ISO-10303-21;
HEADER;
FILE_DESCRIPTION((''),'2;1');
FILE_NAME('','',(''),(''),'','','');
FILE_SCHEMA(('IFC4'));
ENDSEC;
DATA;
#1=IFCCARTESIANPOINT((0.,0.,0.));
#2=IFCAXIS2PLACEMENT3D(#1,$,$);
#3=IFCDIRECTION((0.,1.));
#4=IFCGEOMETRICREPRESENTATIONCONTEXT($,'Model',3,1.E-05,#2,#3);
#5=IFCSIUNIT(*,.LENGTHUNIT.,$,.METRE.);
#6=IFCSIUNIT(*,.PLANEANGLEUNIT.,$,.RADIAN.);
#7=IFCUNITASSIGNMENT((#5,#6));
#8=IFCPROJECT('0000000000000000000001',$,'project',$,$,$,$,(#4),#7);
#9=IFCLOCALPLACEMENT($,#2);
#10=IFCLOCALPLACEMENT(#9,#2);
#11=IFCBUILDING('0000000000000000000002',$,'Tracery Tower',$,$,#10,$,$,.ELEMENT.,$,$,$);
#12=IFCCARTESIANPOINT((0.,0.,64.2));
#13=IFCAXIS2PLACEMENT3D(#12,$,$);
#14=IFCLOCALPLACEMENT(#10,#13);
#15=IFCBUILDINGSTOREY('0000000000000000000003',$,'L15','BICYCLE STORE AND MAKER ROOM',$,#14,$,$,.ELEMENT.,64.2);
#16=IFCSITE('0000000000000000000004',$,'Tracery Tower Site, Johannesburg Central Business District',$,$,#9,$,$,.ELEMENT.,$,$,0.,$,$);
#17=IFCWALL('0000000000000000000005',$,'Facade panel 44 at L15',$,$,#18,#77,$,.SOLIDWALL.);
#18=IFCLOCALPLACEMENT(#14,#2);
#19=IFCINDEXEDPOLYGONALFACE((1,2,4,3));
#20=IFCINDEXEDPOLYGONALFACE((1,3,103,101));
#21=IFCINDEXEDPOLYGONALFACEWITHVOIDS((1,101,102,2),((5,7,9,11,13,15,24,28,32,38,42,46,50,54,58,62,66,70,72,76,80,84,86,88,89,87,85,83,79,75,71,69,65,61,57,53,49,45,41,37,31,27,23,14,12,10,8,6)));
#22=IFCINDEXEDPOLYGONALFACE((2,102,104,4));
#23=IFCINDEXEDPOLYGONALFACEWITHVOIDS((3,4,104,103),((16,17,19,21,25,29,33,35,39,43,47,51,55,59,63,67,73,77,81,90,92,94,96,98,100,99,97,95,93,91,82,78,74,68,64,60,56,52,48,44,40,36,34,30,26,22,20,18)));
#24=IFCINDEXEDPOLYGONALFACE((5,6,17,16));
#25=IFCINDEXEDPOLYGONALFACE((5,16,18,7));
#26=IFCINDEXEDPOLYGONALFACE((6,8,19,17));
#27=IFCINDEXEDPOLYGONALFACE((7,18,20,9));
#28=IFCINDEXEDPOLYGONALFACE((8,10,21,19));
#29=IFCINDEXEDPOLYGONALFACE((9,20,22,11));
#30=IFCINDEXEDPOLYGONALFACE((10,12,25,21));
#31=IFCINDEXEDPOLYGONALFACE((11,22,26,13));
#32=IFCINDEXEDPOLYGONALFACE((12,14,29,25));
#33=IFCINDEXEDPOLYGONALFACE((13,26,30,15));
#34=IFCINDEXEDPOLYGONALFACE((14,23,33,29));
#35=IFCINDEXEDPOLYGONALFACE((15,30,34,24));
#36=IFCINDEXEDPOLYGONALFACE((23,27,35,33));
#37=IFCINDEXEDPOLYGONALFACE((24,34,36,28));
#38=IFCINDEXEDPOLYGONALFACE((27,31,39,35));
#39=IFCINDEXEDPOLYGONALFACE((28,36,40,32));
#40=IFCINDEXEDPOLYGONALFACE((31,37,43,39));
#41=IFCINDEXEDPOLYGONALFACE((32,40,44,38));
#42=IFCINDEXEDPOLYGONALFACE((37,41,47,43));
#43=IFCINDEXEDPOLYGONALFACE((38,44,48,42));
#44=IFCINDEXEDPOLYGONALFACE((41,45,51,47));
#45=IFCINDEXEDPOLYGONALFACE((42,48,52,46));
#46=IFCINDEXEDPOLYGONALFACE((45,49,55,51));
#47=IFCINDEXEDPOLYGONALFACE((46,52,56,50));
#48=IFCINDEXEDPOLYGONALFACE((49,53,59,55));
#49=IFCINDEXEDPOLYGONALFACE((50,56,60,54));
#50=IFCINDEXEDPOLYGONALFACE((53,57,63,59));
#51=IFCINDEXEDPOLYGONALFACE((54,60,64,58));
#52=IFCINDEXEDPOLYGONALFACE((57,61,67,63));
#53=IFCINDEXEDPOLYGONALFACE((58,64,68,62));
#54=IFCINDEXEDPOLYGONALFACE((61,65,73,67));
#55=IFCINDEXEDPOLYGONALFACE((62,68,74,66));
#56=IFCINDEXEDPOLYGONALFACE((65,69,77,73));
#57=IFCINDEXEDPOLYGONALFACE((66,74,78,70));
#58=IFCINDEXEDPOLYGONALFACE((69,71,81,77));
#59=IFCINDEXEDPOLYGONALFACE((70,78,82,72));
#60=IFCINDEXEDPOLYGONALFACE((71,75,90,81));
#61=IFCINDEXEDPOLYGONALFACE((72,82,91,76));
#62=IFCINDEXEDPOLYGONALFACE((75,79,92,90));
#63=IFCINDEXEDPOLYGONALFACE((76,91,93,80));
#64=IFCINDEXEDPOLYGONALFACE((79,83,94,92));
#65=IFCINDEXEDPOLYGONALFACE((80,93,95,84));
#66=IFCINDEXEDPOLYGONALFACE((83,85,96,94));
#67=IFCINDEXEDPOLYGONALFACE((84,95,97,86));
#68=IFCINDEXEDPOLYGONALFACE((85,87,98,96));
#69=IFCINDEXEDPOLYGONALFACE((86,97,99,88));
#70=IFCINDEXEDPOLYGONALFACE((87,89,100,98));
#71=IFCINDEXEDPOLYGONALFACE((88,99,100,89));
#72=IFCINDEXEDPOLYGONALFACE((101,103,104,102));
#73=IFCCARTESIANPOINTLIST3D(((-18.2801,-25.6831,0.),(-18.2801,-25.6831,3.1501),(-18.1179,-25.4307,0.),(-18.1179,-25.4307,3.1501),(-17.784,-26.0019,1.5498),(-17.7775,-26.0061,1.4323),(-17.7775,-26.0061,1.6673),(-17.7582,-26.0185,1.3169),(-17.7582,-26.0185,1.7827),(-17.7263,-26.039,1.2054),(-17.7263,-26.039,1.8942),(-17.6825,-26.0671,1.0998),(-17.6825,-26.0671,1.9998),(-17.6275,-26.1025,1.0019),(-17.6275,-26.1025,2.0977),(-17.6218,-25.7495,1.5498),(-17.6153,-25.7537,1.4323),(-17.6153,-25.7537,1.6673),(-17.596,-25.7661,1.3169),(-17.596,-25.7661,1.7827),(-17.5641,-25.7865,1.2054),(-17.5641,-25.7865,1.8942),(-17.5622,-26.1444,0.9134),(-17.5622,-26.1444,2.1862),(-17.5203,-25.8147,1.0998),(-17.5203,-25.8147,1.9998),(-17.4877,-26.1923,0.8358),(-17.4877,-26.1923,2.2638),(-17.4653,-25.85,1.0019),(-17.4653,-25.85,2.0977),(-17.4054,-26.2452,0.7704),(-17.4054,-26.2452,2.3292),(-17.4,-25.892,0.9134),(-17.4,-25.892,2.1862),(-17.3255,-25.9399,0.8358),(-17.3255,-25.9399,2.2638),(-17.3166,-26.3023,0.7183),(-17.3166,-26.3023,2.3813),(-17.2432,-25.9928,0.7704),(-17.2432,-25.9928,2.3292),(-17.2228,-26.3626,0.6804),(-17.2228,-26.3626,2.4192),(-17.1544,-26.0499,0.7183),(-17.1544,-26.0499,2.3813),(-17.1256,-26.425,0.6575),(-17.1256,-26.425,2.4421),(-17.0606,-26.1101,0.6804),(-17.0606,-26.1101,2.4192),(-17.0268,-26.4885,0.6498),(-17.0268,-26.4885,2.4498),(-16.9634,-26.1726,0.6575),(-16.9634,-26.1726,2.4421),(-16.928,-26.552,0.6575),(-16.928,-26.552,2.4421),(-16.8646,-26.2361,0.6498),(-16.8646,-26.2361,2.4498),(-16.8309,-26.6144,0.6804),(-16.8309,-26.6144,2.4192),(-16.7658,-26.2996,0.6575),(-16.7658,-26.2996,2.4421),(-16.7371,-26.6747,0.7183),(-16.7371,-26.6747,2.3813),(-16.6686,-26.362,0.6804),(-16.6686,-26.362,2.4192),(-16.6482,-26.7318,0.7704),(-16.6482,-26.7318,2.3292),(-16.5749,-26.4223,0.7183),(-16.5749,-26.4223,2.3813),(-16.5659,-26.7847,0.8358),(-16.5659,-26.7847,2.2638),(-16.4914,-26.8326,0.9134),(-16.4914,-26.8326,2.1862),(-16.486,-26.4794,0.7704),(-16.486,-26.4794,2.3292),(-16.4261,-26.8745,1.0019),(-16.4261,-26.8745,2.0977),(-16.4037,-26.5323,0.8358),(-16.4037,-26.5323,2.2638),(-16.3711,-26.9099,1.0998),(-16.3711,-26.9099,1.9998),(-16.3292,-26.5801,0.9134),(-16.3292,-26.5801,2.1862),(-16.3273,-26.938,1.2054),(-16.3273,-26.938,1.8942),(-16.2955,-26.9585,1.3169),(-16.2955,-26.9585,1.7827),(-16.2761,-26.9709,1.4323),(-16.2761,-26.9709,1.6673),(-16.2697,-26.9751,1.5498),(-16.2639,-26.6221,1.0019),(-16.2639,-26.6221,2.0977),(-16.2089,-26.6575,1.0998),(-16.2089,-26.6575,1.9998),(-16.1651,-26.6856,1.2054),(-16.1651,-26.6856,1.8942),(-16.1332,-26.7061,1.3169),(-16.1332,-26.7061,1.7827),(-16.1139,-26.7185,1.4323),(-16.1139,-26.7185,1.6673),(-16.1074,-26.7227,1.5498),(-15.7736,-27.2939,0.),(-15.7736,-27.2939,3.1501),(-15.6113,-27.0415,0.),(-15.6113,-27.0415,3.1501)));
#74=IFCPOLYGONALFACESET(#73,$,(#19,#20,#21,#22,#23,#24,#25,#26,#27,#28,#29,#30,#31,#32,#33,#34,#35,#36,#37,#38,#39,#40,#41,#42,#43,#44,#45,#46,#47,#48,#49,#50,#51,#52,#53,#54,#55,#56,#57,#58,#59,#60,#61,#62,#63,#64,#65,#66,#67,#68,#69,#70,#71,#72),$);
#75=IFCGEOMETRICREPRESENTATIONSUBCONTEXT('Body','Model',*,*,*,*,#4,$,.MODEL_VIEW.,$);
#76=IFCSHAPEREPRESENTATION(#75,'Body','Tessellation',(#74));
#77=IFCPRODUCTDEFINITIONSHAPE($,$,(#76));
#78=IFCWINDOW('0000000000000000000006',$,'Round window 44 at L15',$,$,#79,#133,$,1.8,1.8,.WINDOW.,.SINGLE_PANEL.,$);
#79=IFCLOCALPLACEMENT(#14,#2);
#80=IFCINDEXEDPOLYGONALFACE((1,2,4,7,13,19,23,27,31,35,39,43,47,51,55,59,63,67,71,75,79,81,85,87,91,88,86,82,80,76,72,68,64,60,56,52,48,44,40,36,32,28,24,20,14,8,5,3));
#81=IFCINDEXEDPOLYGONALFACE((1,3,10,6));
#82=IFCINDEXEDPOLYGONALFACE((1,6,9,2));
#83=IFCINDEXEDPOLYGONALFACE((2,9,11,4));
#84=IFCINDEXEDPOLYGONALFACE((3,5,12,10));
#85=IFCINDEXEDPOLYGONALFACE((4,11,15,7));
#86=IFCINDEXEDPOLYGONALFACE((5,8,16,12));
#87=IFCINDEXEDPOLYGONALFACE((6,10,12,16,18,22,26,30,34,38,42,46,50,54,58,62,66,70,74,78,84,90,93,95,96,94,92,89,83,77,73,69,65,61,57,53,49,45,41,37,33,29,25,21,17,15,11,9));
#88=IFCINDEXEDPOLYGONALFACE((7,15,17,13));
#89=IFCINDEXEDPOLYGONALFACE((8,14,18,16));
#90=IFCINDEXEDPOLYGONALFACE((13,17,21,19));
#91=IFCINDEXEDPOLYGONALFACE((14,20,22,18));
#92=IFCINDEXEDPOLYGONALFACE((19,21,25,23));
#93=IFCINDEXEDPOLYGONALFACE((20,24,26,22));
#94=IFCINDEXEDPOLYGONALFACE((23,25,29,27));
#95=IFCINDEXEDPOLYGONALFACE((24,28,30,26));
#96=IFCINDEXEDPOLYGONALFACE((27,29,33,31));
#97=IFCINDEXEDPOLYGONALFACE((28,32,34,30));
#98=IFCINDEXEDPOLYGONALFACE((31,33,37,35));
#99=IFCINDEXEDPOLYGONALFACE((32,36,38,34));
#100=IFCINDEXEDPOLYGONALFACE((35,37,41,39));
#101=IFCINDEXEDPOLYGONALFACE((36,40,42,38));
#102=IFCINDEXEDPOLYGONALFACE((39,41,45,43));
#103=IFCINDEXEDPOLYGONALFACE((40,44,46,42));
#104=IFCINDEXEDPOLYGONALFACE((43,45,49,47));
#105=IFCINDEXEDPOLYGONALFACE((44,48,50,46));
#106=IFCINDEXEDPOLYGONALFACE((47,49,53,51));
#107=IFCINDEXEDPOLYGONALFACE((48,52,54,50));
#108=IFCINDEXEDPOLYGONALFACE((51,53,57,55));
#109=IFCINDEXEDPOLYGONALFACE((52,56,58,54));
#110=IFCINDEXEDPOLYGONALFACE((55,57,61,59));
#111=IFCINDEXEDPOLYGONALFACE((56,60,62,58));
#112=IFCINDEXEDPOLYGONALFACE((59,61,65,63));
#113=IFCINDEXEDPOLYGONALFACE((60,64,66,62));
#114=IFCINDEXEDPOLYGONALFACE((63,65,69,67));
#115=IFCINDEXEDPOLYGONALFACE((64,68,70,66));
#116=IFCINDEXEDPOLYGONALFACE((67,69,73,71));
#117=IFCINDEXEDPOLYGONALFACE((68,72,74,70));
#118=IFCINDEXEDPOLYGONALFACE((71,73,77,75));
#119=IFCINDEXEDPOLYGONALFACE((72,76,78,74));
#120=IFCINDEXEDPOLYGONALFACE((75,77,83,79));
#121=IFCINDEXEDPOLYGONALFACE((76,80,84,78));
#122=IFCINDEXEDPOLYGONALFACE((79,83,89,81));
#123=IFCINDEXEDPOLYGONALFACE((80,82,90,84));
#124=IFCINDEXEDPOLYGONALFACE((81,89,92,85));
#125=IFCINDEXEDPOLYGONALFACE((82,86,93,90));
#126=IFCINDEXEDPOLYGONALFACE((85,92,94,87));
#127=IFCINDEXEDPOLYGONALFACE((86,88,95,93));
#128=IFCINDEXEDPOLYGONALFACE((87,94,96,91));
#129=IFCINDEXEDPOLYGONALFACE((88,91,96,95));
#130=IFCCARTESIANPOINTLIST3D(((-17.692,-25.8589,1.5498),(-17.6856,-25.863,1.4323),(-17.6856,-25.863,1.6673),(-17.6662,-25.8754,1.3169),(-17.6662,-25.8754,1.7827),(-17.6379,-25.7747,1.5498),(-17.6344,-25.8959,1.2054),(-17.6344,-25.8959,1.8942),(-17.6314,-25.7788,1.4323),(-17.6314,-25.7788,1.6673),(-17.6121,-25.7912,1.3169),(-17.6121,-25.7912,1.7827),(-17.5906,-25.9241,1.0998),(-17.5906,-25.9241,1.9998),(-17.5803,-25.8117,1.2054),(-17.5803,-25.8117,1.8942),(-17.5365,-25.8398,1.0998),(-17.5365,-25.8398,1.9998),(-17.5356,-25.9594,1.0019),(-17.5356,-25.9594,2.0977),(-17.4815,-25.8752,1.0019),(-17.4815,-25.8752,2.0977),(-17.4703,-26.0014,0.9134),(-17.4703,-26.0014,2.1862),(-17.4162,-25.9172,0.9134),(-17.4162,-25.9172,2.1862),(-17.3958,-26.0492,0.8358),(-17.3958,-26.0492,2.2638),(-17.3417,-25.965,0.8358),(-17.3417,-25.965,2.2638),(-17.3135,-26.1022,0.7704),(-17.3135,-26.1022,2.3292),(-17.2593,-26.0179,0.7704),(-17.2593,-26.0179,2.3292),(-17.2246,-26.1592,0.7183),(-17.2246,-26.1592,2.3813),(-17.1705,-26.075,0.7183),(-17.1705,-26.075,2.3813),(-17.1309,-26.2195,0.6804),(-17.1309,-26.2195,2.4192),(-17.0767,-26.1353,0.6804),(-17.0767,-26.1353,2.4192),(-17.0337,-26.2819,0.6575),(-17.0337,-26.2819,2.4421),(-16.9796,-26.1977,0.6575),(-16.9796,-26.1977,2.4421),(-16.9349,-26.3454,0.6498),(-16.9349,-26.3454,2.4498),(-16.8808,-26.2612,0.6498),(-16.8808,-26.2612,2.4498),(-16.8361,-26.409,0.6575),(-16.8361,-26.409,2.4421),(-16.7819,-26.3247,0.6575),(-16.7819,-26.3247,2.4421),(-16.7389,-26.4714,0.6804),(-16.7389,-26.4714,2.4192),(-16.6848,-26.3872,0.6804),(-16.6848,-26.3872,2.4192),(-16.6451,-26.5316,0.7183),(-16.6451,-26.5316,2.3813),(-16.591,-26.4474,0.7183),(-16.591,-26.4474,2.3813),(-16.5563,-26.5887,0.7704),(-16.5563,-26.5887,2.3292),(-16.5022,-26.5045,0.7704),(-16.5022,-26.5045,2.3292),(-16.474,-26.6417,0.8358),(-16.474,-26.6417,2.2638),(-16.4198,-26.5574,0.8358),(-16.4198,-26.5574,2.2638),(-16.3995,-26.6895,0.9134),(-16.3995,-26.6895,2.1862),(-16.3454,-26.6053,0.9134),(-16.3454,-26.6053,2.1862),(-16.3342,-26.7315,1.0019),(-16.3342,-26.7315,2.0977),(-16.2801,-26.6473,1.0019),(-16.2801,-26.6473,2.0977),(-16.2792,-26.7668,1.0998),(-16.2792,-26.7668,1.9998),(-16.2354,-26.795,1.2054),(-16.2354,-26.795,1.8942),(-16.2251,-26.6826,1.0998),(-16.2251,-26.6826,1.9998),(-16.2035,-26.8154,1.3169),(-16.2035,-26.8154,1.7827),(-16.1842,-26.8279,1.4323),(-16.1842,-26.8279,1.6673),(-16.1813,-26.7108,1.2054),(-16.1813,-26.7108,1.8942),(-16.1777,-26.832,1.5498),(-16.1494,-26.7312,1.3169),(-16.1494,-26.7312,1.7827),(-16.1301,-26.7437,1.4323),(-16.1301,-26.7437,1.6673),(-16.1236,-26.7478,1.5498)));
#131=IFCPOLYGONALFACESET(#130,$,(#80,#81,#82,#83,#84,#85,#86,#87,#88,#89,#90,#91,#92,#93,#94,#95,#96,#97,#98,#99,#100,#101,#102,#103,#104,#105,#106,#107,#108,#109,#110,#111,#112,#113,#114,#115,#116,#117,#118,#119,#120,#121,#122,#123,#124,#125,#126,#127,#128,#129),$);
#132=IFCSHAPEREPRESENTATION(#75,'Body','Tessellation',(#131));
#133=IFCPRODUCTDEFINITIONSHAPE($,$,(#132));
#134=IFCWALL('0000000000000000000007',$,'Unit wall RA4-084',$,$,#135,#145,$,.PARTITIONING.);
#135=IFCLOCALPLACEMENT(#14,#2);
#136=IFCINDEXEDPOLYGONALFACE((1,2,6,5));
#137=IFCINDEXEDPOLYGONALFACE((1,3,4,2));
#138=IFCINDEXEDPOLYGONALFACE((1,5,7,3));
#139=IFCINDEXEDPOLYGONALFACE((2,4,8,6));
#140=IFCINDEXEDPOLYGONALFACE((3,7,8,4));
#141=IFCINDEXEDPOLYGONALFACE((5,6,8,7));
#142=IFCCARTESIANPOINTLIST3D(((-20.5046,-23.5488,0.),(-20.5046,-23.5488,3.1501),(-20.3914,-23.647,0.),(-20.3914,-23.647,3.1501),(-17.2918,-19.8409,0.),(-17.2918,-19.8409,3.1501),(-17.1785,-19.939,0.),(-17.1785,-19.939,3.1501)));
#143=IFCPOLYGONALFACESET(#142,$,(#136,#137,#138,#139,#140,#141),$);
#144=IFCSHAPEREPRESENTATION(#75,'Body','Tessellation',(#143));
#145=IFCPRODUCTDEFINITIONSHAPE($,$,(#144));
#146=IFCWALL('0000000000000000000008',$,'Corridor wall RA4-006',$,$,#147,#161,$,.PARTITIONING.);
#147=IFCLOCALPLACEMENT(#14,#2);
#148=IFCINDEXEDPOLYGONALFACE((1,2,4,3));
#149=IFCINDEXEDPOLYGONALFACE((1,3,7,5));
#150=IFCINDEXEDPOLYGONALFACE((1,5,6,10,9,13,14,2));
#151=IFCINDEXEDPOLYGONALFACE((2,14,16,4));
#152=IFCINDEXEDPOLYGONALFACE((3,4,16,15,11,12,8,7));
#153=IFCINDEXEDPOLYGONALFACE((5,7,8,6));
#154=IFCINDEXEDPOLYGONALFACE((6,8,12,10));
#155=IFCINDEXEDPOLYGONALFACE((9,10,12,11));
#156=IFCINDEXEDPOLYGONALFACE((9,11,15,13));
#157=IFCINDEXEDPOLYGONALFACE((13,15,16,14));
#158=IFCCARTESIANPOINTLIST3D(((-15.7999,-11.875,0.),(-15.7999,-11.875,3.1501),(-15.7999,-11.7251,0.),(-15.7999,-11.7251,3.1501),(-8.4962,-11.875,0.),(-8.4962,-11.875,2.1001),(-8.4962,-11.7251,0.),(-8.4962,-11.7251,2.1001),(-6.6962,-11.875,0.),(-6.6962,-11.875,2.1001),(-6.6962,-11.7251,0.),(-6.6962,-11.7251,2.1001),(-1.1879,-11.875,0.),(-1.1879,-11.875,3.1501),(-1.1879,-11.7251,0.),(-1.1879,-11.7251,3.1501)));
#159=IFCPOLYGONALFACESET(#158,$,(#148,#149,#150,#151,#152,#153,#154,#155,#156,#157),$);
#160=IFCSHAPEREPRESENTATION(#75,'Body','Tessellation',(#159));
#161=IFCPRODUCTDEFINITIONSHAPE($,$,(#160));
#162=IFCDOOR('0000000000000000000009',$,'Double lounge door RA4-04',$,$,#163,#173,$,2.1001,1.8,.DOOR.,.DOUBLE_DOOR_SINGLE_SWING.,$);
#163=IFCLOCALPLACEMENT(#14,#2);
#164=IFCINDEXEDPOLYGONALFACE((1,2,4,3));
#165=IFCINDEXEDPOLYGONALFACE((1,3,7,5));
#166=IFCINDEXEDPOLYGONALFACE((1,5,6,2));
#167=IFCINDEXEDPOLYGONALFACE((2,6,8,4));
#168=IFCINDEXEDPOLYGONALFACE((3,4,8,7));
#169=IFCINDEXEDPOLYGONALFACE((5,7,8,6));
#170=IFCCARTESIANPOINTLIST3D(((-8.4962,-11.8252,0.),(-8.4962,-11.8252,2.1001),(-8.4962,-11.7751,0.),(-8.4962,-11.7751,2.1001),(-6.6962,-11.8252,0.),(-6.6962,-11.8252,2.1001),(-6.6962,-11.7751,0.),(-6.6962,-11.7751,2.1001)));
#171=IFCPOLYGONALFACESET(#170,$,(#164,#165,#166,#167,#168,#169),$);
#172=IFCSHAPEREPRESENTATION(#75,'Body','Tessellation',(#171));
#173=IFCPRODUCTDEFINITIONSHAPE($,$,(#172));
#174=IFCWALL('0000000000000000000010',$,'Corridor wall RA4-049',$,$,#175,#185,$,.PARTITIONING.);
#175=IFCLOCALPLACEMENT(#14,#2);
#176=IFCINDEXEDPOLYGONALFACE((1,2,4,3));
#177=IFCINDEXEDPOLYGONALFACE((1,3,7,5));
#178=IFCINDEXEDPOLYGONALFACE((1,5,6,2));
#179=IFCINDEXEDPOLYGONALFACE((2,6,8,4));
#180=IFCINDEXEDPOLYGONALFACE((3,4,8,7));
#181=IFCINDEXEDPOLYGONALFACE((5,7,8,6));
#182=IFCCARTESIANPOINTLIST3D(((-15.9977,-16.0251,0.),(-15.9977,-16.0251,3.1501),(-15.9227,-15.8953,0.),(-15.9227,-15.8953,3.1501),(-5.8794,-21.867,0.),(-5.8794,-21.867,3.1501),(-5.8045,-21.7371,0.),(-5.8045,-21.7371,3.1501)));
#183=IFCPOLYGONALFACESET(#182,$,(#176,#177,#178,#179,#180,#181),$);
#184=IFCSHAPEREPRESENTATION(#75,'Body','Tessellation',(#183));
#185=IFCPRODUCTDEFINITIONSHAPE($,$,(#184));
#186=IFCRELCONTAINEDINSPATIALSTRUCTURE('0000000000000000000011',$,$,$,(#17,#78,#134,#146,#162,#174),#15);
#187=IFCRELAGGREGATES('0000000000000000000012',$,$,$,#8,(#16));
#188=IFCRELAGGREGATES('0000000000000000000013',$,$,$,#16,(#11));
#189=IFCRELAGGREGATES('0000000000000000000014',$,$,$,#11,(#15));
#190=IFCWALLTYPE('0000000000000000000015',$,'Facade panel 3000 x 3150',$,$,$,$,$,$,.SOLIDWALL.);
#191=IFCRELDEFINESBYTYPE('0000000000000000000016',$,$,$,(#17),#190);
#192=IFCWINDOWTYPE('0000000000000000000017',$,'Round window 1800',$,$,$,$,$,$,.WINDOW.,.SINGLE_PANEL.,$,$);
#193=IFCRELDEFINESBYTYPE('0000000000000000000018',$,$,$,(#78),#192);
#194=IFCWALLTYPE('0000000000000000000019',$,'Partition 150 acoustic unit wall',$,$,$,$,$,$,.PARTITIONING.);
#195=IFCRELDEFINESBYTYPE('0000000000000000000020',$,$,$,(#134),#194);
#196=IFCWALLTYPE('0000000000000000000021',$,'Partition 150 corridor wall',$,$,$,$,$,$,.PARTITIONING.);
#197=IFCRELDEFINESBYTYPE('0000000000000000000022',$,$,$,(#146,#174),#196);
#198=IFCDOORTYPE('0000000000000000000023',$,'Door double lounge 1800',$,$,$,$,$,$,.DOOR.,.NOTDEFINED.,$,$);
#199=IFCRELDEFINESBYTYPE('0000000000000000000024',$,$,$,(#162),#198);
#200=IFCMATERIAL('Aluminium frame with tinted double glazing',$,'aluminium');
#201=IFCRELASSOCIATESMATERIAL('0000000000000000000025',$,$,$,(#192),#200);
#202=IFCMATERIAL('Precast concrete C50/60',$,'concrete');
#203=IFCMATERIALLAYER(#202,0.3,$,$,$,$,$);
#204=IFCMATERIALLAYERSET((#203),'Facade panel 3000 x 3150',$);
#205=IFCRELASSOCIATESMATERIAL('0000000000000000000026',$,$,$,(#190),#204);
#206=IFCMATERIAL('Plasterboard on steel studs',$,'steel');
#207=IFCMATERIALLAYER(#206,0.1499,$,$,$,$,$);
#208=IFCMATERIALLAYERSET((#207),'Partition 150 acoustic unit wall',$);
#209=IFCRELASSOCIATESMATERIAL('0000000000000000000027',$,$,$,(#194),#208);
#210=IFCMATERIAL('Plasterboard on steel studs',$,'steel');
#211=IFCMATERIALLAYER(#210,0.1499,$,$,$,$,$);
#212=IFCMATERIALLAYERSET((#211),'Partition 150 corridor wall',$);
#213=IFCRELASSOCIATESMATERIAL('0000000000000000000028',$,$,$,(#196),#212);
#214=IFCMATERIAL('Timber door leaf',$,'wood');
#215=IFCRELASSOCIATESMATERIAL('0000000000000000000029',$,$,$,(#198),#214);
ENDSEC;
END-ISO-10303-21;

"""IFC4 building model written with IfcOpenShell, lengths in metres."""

from ifc_helpers import new_model, si_unit, direction, frame, frame_2d, origin, origin_2d, place, context, subcontext, project, spatial, rectangle, circle, extrude, material, layer, layer_set, type_object, element, fill, save


model = new_model("IFC4")

# Units and contexts
model_context = context("Model", 3, precision=1e-05, world=origin(), true_north=direction((0.0, 1.0)))
body_context = subcontext(model_context, "Body", "Model", "MODEL_VIEW")
ifc_project = project(units=[si_unit("LENGTHUNIT", "METRE"), si_unit("PLANEANGLEUNIT", "RADIAN")], contexts=[model_context])

# Site, building, storey
site_placement = place(None, origin())
site = spatial("IfcSite", under=ifc_project, at=site_placement, Name="Tracery Tower Site, Johannesburg Central Business District", CompositionType="ELEMENT", RefElevation=0.0)
building_placement = place(site_placement, origin())
building = spatial("IfcBuilding", under=site, at=building_placement, Name="Tracery Tower", CompositionType="ELEMENT")
storey_placement = place(building_placement, frame((0.0, 0.0, 64.2)))
storey = spatial("IfcBuildingStorey", under=building, at=storey_placement, Name="L15", Description="BICYCLE STORE AND MAKER ROOM", CompositionType="ELEMENT", Elevation=64.2)

# Wall, opening, window
ifc_material_1 = material(Name="Aluminium frame with tinted double glazing", Category="aluminium")
window_type = type_object("IfcWindowType", Name="Round window 1800", PartitioningType="SINGLE_PANEL", PredefinedType="WINDOW", material=ifc_material_1)
ifc_material_2 = material(Name="Precast concrete C50/60", Category="concrete")
ifc_layer_1 = layer(ifc_material_2, 0.3)
ifc_layer_set_1 = layer_set([ifc_layer_1], Name="Facade panel 3000 x 3150")
wall_type_1 = type_object("IfcWallType", Name="Facade panel 3000 x 3150", PredefinedType="SOLIDWALL", material=ifc_layer_set_1)
wall_1_placement = place(storey_placement, frame((-18.199, -25.5569, 0.0), z_axis=(0.0, 0.0, 1.0), x_axis=(0.841261, -0.540629, 0.0)))
wall_1 = element("IfcWall", 1, at=wall_1_placement, inside=storey, type_object=wall_type_1, Name="Facade panel 44 at L15", PredefinedType="SOLIDWALL", context=body_context, shape_type="SweptSolid", body=[
    extrude(rectangle(XDim=2.9795, YDim=0.3, at=frame_2d((1.4897, 0.0))), origin(), (0.0, 0.0, 1.0), 3.1501),
])
opening_1_placement = place(wall_1_placement, frame((1.4897, 0.0, 1.5498)))
opening_1 = element("IfcOpeningElement", 2, at=opening_1_placement, cuts=wall_1, PredefinedType="OPENING", context=body_context, shape_type="SweptSolid", body=[
    extrude(circle(Radius=0.9, at=origin_2d()), frame((0.0, 0.1599, 0.0), z_axis=(0.0, -1.0, 0.0), x_axis=(1.0, 0.0, 0.0)), (0.0, 0.0, 1.0), 0.3201),
])
window_1_placement = place(opening_1_placement, origin())
window_1 = element("IfcWindow", 3, at=window_1_placement, inside=storey, type_object=window_type, Name="Round window 44 at L15", OverallHeight=1.8, OverallWidth=1.8, PartitioningType="SINGLE_PANEL", PredefinedType="WINDOW", context=body_context, shape_type="SweptSolid", body=[
    extrude(circle(Radius=0.9, at=origin_2d()), frame((0.0, 0.1201, 0.0), z_axis=(0.0, -1.0, 0.0), x_axis=(1.0, 0.0, 0.0)), (0.0, 0.0, 1.0), 0.1001),
])
fill(opening_1, window_1)

# Wall
ifc_material_3 = material(Name="Plasterboard on steel studs", Category="steel")
ifc_layer_2 = layer(ifc_material_3, 0.1499)
ifc_layer_set_2 = layer_set([ifc_layer_2], Name="Partition 150 acoustic unit wall")
wall_type_2 = type_object("IfcWallType", Name="Partition 150 acoustic unit wall", PredefinedType="PARTITIONING", material=ifc_layer_set_2)
wall_2_placement = place(storey_placement, frame((-20.448, -23.5979, 0.0), z_axis=(0.0, 0.0, 1.0), x_axis=(0.654847, 0.755761, 0.0)))
element("IfcWall", 4, at=wall_2_placement, inside=storey, type_object=wall_type_2, Name="Unit wall RA4-084", PredefinedType="PARTITIONING", context=body_context, shape_type="SweptSolid", body=[
    extrude(rectangle(XDim=4.9062, YDim=0.1499, at=frame_2d((2.4531, 0.0))), origin(), (0.0, 0.0, 1.0), 3.1501),
])

# Wall, opening, door
ifc_material_4 = material(Name="Plasterboard on steel studs", Category="steel")
ifc_layer_3 = layer(ifc_material_4, 0.1499)
ifc_layer_set_3 = layer_set([ifc_layer_3], Name="Partition 150 corridor wall")
wall_type_3 = type_object("IfcWallType", Name="Partition 150 corridor wall", PredefinedType="PARTITIONING", material=ifc_layer_set_3)
wall_3_placement = place(storey_placement, frame((-15.8, -11.8, 0.0), z_axis=(0.0, 0.0, 1.0), x_axis=(1.0, 0.0, 0.0)))
wall_3 = element("IfcWall", 5, at=wall_3_placement, inside=storey, type_object=wall_type_3, Name="Corridor wall RA4-006", PredefinedType="PARTITIONING", context=body_context, shape_type="SweptSolid", body=[
    extrude(rectangle(XDim=14.6121, YDim=0.1499, at=frame_2d((7.3062, 0.0))), origin(), (0.0, 0.0, 1.0), 3.1501),
])
opening_2_placement = place(wall_3_placement, frame((7.304, 0.0, 0.0)))
opening_2 = element("IfcOpeningElement", 6, at=opening_2_placement, cuts=wall_3, PredefinedType="OPENING", context=body_context, shape_type="SweptSolid", body=[
    extrude(rectangle(XDim=1.8, YDim=2.1001, at=frame_2d((0.8999, 1.05))), frame((0.0, 0.075, 0.0), z_axis=(0.0, -1.0, 0.0), x_axis=(1.0, 0.0, 0.0)), (0.0, 0.0, 1.0), 0.1499),
])
ifc_material_5 = material(Name="Timber door leaf", Category="wood")
door_type = type_object("IfcDoorType", Name="Door double lounge 1800", OperationType="NOTDEFINED", PredefinedType="DOOR", material=ifc_material_5)
door_1_placement = place(opening_2_placement, origin())
door_1 = element("IfcDoor", 7, at=door_1_placement, inside=storey, type_object=door_type, Name="Double lounge door RA4-04", OperationType="DOUBLE_DOOR_SINGLE_SWING", OverallHeight=2.1001, OverallWidth=1.8, PredefinedType="DOOR", context=body_context, shape_type="SweptSolid", body=[
    extrude(rectangle(XDim=1.8, YDim=2.1001, at=frame_2d((0.8999, 1.05))), frame((0.0, 0.0249, 0.0), z_axis=(0.0, -1.0, 0.0), x_axis=(1.0, 0.0, 0.0)), (0.0, 0.0, 1.0), 0.05),
])
fill(opening_2, door_1)

# Wall
wall_4_placement = place(storey_placement, frame((-15.9602, -15.9602, 0.0), z_axis=(0.0, 0.0, 1.0), x_axis=(0.866023, -0.500005, 0.0)))
element("IfcWall", 8, at=wall_4_placement, inside=storey, type_object=wall_type_3, Name="Corridor wall RA4-049", PredefinedType="PARTITIONING", context=body_context, shape_type="SweptSolid", body=[
    extrude(rectangle(XDim=11.6836, YDim=0.1499, at=frame_2d((5.8418, 0.0))), origin(), (0.0, 0.0, 1.0), 3.1501),
])

save(model, "model.ifc")
